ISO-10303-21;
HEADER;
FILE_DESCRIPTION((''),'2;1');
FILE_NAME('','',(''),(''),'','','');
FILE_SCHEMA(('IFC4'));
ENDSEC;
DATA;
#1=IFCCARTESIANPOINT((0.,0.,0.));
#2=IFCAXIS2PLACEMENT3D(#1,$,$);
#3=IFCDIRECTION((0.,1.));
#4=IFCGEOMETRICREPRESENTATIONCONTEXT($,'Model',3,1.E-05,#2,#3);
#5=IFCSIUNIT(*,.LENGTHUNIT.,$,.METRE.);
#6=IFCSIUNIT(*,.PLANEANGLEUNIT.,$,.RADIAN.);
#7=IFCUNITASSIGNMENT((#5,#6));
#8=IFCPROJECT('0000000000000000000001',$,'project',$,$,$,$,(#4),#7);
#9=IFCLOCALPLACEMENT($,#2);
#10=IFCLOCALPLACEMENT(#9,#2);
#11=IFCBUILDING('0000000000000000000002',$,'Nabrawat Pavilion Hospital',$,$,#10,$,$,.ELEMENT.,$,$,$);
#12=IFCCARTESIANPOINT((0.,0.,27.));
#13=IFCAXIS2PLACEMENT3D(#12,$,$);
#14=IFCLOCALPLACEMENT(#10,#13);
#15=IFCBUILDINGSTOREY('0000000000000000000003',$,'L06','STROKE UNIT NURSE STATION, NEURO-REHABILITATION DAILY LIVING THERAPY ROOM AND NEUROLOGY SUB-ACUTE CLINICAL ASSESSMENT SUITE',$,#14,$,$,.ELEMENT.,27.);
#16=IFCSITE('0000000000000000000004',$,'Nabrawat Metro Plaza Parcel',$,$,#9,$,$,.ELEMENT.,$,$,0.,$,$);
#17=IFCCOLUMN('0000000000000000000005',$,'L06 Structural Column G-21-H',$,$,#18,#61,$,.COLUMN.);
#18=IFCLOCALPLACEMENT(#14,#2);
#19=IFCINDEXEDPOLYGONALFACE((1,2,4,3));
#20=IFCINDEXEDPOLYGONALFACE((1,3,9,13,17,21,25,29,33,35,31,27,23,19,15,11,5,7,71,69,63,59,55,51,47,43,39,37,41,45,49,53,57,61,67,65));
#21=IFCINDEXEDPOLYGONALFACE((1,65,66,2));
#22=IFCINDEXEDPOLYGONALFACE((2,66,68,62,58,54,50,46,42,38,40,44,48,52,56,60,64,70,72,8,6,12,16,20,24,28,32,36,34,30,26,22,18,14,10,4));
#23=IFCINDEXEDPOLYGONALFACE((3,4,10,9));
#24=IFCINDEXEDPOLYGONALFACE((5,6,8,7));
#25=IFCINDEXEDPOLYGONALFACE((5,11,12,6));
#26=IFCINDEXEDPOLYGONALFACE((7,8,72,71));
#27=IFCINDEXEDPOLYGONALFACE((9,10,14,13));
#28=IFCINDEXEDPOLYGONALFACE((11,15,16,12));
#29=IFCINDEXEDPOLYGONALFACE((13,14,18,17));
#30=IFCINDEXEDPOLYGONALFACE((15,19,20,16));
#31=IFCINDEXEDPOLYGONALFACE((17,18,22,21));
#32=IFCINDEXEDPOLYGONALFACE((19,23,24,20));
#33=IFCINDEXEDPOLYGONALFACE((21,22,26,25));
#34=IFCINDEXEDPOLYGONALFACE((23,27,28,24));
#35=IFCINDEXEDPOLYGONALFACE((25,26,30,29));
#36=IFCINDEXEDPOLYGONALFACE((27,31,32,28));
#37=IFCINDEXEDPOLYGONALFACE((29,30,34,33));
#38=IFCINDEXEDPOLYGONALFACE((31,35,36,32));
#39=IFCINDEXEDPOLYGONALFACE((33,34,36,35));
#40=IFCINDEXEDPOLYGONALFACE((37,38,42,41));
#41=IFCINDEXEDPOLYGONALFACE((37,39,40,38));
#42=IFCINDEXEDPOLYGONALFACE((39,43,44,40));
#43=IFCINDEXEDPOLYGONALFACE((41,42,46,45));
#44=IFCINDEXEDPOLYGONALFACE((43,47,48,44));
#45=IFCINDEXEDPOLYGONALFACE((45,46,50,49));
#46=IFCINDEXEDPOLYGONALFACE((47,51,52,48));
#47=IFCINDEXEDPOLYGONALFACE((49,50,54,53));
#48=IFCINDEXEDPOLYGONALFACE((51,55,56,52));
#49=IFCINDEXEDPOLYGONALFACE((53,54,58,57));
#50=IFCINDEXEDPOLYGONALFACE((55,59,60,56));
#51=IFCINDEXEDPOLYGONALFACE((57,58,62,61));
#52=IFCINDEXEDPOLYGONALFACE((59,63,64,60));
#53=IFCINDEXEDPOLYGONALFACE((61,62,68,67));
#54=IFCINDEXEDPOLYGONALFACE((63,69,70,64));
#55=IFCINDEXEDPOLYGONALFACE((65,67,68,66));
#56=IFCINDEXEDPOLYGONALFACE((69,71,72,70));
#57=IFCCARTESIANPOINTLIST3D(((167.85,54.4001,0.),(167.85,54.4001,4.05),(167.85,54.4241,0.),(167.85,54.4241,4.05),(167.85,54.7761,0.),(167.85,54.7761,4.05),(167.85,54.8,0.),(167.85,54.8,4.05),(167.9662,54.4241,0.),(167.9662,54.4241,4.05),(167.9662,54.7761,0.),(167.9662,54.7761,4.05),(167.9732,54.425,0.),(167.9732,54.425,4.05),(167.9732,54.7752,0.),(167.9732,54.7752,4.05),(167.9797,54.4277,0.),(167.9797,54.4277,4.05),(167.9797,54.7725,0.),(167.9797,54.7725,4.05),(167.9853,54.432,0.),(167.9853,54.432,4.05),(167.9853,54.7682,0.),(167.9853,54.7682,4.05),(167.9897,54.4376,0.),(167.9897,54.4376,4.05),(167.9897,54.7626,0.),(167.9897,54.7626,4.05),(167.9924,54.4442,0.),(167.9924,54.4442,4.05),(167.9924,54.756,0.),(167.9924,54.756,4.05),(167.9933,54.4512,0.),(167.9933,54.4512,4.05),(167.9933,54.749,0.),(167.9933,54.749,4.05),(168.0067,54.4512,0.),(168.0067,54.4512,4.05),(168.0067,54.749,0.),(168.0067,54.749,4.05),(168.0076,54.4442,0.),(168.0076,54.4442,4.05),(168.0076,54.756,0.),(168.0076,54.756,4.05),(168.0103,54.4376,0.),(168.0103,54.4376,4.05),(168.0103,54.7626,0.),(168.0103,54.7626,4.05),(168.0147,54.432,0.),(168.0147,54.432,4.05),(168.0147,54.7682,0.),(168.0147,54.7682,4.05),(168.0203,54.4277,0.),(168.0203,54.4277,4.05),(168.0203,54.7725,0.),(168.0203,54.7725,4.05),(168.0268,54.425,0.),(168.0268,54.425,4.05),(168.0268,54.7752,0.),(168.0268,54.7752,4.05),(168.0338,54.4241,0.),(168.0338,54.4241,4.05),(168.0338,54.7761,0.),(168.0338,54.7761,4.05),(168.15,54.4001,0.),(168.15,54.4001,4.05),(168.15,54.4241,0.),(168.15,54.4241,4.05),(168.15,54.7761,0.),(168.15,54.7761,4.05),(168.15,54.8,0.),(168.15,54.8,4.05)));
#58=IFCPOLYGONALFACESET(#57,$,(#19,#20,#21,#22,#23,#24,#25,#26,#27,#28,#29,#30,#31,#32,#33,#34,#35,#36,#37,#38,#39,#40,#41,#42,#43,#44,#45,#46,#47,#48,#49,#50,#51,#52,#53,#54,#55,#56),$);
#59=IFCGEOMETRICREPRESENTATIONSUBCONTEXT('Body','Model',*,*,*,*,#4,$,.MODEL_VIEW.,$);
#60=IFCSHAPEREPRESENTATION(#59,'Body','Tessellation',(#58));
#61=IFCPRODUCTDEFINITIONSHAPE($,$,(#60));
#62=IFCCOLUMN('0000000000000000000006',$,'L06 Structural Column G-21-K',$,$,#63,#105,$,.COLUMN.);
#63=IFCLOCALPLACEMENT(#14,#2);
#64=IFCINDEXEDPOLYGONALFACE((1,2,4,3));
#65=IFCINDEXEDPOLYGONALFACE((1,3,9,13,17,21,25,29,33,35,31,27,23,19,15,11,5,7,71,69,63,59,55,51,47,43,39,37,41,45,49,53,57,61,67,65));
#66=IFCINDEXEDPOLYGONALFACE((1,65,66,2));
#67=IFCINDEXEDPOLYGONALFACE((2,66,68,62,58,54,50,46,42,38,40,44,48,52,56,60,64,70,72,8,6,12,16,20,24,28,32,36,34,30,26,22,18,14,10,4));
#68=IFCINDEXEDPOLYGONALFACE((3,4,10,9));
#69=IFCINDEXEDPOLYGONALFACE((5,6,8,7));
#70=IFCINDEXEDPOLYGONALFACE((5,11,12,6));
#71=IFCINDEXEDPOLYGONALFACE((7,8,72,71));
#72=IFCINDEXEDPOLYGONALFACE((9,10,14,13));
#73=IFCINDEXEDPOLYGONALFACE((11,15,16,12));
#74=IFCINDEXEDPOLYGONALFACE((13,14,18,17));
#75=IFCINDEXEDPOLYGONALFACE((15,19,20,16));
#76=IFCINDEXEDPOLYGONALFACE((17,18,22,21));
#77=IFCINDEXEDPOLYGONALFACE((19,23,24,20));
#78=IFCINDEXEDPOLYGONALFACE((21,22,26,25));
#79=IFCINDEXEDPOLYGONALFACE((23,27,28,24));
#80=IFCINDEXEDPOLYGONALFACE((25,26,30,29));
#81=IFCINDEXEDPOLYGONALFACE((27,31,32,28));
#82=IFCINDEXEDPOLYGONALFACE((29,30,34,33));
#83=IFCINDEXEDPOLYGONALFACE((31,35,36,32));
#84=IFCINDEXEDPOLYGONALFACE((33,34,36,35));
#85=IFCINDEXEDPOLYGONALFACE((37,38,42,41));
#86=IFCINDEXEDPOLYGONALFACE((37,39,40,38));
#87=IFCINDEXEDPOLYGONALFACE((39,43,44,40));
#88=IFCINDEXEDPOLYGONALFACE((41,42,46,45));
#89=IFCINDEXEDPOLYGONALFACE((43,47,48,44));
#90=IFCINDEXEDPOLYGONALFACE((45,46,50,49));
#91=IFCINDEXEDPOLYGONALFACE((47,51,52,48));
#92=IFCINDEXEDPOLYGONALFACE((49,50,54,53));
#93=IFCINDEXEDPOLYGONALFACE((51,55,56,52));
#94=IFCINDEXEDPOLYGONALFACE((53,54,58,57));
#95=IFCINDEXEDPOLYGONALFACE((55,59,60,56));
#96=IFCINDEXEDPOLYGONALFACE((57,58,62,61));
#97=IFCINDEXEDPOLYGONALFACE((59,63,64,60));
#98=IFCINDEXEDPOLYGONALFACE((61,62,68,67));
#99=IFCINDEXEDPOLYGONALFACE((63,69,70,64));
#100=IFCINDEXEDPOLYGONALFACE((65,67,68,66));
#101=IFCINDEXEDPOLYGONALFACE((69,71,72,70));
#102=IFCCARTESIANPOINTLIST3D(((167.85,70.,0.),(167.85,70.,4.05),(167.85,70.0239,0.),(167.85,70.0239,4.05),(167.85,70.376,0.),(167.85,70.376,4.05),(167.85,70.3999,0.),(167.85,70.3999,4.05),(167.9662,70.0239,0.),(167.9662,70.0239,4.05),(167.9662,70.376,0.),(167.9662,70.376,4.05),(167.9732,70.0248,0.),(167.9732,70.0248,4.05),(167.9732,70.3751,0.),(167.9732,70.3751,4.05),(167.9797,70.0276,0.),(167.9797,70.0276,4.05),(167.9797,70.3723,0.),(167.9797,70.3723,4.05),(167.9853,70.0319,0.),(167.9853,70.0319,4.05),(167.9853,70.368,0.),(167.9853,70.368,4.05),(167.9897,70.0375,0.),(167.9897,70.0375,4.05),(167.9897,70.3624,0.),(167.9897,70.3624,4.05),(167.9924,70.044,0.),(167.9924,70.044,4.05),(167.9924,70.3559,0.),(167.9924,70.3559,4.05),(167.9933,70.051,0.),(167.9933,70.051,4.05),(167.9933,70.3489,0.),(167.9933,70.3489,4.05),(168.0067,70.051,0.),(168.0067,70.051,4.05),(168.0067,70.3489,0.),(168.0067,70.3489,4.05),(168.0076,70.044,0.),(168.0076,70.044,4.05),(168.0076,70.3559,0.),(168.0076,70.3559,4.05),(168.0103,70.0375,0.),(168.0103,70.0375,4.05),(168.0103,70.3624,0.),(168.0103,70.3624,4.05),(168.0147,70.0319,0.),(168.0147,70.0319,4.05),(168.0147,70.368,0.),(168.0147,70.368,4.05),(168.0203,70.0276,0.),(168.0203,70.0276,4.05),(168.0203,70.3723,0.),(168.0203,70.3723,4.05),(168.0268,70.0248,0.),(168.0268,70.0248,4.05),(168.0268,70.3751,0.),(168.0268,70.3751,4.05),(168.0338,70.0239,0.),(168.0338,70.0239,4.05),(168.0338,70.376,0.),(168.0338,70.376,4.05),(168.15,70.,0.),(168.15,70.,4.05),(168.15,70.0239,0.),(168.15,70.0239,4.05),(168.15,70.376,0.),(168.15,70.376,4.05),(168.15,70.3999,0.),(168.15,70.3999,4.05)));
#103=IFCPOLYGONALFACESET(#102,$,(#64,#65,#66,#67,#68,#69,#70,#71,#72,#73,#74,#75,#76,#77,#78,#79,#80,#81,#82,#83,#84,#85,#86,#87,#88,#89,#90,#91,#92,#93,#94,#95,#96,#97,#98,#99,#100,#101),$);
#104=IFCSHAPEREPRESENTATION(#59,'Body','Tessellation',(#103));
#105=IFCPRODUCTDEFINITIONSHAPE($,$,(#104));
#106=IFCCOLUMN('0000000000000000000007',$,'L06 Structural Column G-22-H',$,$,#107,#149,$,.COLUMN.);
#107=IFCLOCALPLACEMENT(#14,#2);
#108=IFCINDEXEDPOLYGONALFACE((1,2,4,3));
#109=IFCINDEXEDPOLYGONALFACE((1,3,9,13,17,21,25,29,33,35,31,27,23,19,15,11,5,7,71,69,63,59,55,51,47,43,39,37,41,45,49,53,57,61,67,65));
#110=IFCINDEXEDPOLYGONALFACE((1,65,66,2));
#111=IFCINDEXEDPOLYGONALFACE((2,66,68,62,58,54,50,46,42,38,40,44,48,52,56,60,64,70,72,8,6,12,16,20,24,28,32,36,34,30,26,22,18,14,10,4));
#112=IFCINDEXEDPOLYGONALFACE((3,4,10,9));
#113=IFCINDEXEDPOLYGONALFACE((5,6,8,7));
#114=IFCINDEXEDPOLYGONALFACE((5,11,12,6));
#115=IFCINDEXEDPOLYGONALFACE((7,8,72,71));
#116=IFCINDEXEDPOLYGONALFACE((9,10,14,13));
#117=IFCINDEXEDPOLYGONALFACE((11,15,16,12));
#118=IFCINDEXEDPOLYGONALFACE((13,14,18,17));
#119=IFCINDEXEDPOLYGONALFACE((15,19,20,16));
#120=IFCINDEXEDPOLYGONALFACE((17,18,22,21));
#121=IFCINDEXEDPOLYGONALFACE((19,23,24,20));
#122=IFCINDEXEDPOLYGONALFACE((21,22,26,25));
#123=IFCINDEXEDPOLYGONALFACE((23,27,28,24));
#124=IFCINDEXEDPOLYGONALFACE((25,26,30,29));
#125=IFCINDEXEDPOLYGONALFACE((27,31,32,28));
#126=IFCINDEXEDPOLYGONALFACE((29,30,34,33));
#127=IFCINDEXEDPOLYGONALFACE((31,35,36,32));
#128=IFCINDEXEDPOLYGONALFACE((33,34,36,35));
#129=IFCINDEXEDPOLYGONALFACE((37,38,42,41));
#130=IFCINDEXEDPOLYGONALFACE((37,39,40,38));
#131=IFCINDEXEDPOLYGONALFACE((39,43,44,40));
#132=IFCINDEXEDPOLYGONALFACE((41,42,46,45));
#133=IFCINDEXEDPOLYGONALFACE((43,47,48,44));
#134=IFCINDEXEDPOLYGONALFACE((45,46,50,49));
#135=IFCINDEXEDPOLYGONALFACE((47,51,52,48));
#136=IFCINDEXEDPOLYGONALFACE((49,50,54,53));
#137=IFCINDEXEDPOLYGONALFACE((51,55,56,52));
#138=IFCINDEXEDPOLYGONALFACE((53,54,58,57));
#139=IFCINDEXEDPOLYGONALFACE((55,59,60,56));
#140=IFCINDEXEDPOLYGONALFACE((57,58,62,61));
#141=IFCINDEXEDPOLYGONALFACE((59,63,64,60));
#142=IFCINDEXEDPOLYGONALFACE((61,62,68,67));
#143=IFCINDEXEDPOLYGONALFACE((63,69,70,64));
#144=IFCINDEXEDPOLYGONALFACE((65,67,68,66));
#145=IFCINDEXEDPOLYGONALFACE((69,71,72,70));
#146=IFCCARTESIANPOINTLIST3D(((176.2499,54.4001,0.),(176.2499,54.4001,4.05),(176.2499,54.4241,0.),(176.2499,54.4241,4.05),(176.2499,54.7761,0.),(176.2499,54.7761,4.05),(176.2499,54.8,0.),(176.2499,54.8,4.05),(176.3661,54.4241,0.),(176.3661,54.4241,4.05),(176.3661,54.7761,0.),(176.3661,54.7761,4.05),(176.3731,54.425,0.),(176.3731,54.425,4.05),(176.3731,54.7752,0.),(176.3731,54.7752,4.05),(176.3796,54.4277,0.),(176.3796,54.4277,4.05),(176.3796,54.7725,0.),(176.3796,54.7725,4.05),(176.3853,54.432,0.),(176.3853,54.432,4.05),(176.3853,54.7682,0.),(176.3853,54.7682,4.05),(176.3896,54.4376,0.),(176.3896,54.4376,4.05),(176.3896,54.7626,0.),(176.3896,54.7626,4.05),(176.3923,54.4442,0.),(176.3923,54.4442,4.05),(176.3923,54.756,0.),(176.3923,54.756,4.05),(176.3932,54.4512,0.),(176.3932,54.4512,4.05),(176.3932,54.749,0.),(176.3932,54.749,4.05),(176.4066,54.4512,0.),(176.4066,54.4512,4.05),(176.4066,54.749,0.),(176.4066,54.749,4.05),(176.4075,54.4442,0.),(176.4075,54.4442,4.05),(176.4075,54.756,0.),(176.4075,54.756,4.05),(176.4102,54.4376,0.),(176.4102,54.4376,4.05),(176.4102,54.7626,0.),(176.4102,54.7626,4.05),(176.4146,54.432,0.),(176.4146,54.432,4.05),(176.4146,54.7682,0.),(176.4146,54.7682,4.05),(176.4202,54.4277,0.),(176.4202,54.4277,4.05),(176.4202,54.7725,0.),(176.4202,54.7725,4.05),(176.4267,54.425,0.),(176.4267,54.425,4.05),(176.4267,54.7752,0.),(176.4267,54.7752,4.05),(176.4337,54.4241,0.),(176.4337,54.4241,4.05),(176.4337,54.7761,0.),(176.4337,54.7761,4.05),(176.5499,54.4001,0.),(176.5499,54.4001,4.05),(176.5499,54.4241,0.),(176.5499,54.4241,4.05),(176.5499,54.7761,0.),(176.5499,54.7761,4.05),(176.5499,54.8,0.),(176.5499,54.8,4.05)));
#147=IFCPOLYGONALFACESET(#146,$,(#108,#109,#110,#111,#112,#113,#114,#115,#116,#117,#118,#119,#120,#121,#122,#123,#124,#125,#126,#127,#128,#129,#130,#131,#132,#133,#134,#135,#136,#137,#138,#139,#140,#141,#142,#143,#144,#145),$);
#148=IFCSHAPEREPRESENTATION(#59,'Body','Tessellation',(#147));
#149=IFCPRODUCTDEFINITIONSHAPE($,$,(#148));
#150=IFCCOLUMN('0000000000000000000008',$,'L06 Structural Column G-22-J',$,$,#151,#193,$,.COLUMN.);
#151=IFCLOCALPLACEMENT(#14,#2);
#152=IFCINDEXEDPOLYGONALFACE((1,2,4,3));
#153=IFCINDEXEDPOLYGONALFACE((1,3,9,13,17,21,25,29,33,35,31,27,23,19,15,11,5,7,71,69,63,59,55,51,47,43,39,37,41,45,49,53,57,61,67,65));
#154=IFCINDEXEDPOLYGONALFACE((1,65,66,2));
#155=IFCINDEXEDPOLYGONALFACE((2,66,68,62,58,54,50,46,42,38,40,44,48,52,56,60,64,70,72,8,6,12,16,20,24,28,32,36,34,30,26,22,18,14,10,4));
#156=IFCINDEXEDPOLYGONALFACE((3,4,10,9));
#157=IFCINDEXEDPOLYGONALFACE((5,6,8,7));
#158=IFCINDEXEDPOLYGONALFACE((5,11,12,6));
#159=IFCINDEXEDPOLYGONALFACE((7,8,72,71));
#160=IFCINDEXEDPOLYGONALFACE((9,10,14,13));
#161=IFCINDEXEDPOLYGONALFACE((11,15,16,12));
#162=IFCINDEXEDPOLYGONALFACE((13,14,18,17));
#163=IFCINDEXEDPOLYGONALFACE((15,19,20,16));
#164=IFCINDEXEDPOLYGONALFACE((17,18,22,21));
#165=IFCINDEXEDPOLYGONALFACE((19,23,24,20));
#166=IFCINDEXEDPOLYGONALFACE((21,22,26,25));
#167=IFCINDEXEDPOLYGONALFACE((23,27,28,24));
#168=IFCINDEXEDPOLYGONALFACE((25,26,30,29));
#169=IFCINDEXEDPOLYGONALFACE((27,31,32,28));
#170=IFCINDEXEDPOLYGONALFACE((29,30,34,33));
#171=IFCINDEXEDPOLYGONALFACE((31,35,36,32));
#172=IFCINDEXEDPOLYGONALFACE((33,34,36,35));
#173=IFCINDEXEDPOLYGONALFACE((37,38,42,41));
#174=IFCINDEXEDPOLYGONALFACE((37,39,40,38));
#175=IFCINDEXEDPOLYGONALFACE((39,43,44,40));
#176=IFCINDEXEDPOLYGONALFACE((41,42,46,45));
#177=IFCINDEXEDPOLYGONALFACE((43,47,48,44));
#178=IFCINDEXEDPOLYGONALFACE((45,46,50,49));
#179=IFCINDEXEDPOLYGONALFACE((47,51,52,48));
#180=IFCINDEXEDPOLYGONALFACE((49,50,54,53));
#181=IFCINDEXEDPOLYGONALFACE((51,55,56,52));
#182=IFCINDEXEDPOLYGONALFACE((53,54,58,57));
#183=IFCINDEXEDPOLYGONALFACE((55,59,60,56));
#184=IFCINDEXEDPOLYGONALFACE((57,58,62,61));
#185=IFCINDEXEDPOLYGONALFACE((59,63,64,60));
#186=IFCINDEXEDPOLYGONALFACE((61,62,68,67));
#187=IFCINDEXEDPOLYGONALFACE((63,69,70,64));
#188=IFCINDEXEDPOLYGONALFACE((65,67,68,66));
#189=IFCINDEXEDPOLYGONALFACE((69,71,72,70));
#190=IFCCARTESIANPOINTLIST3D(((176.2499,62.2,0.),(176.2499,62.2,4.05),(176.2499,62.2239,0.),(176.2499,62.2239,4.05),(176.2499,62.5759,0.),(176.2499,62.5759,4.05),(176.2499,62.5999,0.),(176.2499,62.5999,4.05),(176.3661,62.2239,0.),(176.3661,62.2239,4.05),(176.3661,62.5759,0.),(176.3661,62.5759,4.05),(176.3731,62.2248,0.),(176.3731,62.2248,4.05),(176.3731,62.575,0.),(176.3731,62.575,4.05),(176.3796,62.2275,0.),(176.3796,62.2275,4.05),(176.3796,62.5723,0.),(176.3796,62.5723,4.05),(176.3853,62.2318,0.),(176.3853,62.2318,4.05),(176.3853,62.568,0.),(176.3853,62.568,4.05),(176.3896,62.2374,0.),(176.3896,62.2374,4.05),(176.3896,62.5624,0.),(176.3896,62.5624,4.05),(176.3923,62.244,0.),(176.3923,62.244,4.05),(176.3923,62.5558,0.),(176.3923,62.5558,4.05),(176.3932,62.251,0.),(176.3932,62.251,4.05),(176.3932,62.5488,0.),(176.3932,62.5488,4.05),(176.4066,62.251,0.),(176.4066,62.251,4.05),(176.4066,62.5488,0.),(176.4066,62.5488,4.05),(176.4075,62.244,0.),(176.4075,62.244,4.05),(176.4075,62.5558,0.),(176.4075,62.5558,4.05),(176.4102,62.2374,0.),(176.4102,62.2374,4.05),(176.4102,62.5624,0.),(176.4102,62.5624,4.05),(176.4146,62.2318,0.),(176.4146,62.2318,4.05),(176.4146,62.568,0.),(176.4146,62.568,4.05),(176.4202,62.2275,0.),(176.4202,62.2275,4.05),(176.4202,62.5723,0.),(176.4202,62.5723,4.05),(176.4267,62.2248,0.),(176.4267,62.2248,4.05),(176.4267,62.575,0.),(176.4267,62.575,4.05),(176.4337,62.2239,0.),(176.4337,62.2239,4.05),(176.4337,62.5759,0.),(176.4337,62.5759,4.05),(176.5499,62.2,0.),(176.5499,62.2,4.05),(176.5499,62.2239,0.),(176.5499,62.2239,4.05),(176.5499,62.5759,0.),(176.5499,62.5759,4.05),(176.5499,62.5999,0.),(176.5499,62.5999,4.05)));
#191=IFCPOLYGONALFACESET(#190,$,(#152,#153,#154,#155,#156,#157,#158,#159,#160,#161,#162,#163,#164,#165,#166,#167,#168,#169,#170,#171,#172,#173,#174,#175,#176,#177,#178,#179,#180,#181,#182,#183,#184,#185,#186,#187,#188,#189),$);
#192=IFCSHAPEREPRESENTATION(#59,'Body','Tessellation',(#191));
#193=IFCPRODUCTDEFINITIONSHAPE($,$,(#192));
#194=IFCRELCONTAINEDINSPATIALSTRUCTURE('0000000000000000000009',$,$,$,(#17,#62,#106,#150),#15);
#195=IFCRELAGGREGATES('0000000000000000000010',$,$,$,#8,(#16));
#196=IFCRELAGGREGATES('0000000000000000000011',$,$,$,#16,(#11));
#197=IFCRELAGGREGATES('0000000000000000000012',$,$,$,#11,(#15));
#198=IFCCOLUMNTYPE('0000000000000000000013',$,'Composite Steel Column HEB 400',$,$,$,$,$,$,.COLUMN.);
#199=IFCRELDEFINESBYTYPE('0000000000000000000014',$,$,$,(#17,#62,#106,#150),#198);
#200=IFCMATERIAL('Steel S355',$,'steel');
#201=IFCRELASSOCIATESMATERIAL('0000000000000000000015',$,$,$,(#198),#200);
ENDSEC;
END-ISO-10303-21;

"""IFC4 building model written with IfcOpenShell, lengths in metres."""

from ifc_helpers import new_model, si_unit, direction, frame, origin, origin_2d, place, context, subcontext, project, spatial, i_section, extrude, material, material_profile, profile_set, type_object, element, save


model = new_model("IFC4")

# Units and contexts
model_context = context("Model", 3, precision=1e-05, world=origin(), true_north=direction((0.0, 1.0)))
body_context = subcontext(model_context, "Body", "Model", "MODEL_VIEW")
ifc_project = project(units=[si_unit("LENGTHUNIT", "METRE"), si_unit("PLANEANGLEUNIT", "RADIAN")], contexts=[model_context])

# Site, building, storey
site_placement = place(None, origin())
site = spatial("IfcSite", under=ifc_project, at=site_placement, Name="Nabrawat Metro Plaza Parcel", CompositionType="ELEMENT", RefElevation=0.0)
building_placement = place(site_placement, origin())
building = spatial("IfcBuilding", under=site, at=building_placement, Name="Nabrawat Pavilion Hospital", CompositionType="ELEMENT")
storey_placement = place(building_placement, frame((0.0, 0.0, 27.0)))
storey = spatial("IfcBuildingStorey", under=building, at=storey_placement, Name="L06", Description="STROKE UNIT NURSE STATION, NEURO-REHABILITATION DAILY LIVING THERAPY ROOM AND NEUROLOGY SUB-ACUTE CLINICAL ASSESSMENT SUITE", CompositionType="ELEMENT", Elevation=27.0)

# Columns
ifc_material_1 = material(Name="Steel S355", Category="steel")
ifc_material_profile_1 = material_profile(ifc_material_1, i_section(OverallWidth=0.3, OverallDepth=0.3999, WebThickness=0.0134, FlangeThickness=0.0239, FilletRadius=0.0271, at=origin_2d()), Name="HEB 400")
ifc_profile_set_1 = profile_set([ifc_material_profile_1], Name="Steel S355")
column_type = type_object("IfcColumnType", Name="Composite Steel Column HEB 400", PredefinedType="COLUMN", material=ifc_profile_set_1)
for number, where, z_axis, x_axis, name in (
    (1, (168.0, 54.6001, 0.0), (0.0, 0.0, 1.0), (1.0, 0.0, 0.0), "L06 Structural Column G-21-H"),
    (2, (168.0, 70.2, 0.0), (0.0, 0.0, 1.0), (1.0, 0.0, 0.0), "L06 Structural Column G-21-K"),
    (3, (176.3999, 54.6001, 0.0), (0.0, 0.0, 1.0), (1.0, 0.0, 0.0), "L06 Structural Column G-22-H"),
    (4, (176.3999, 62.3999, 0.0), (0.0, 0.0, 1.0), (1.0, 0.0, 0.0), "L06 Structural Column G-22-J"),
):
    element("IfcColumn", number, at=place(storey_placement, frame(where, z_axis=z_axis, x_axis=x_axis)), inside=storey, type_object=column_type, Name=name, PredefinedType="COLUMN", context=body_context, shape_type="SweptSolid", body=[
        extrude(i_section(OverallWidth=0.3, OverallDepth=0.3999, WebThickness=0.0134, FlangeThickness=0.0239, FilletRadius=0.0271, at=origin_2d()), origin(), (0.0, 0.0, 1.0), 4.05),
    ])

save(model, "model.ifc")
